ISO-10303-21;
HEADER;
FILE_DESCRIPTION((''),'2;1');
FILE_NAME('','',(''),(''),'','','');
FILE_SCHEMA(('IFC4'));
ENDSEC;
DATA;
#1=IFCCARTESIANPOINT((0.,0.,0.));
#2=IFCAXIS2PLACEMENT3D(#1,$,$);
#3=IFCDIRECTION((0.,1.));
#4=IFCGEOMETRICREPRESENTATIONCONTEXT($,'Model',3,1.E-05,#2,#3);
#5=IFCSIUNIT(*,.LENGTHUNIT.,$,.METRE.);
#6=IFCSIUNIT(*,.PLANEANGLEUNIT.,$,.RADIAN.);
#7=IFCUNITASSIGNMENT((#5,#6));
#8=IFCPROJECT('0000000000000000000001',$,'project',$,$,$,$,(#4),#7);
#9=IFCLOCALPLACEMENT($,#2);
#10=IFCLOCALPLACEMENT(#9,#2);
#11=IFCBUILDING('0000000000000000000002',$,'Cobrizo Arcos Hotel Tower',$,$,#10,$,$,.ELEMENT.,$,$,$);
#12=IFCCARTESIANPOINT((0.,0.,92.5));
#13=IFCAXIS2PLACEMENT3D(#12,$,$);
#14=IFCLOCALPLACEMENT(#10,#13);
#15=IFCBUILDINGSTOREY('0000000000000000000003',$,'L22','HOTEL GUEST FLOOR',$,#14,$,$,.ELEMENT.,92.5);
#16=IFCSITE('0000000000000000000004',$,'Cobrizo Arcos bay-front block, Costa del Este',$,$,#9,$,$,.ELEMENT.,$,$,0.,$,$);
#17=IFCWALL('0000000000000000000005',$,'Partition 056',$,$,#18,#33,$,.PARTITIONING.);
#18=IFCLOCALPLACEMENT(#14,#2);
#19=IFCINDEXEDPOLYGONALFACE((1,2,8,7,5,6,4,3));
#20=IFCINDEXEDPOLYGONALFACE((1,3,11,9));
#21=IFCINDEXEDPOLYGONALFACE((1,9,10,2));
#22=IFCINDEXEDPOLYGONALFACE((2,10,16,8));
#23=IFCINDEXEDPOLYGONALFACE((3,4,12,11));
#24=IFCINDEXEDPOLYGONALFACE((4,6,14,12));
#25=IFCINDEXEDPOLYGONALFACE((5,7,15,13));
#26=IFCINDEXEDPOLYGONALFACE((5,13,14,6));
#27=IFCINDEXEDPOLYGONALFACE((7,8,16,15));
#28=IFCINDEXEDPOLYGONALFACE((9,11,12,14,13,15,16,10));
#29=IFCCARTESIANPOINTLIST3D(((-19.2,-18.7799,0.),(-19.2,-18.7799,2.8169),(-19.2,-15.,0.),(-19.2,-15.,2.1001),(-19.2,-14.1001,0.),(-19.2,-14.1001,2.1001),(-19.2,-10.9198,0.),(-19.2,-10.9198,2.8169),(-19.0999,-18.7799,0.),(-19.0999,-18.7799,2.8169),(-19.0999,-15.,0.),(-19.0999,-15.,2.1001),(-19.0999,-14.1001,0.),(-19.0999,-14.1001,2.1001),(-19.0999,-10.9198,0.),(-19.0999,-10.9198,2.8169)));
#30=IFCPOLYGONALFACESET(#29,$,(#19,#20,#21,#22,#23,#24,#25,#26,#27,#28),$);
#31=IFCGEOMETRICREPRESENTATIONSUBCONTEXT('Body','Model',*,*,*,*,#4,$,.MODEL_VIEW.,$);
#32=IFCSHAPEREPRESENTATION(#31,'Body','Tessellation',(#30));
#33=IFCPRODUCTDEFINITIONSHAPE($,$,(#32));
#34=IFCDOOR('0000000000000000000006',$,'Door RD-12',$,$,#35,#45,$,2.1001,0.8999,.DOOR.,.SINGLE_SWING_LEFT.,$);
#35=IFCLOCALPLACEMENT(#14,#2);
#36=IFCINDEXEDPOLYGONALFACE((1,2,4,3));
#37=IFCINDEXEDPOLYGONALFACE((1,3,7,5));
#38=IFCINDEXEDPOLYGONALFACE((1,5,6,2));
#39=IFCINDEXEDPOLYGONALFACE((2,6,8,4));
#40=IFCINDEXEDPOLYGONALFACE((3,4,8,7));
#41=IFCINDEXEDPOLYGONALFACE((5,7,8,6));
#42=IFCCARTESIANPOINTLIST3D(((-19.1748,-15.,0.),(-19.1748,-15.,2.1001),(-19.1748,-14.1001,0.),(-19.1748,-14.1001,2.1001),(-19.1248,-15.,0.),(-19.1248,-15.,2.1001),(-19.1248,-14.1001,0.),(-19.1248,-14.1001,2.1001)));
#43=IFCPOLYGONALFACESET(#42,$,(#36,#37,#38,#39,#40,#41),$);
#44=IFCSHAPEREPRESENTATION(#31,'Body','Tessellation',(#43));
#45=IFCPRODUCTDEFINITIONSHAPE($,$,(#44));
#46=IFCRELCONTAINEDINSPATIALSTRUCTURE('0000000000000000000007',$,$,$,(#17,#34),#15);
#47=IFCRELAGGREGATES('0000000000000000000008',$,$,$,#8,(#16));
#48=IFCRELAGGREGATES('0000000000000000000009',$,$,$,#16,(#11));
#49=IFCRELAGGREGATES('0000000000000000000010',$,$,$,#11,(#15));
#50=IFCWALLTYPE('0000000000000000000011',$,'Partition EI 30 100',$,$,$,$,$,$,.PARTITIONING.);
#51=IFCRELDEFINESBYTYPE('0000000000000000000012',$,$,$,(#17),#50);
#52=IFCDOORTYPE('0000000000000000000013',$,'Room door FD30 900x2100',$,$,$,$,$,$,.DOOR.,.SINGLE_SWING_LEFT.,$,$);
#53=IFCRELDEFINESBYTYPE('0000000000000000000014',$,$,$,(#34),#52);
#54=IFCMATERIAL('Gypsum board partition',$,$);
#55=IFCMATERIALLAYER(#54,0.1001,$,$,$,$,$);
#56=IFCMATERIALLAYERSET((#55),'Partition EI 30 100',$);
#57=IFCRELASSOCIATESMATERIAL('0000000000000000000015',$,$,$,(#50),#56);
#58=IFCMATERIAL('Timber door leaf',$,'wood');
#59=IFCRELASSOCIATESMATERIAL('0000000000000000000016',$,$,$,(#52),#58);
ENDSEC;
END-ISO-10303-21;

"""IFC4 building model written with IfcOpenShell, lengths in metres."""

from ifc_helpers import new_model, si_unit, direction, frame, frame_2d, origin, place, context, subcontext, project, spatial, rectangle, extrude, material, layer, layer_set, type_object, element, fill, save


model = new_model("IFC4")

# Units and contexts
model_context = context("Model", 3, precision=1e-05, world=origin(), true_north=direction((0.0, 1.0)))
body_context = subcontext(model_context, "Body", "Model", "MODEL_VIEW")
ifc_project = project(units=[si_unit("LENGTHUNIT", "METRE"), si_unit("PLANEANGLEUNIT", "RADIAN")], contexts=[model_context])

# Site, building, storey
site_placement = place(None, origin())
site = spatial("IfcSite", under=ifc_project, at=site_placement, Name="Cobrizo Arcos bay-front block, Costa del Este", CompositionType="ELEMENT", RefElevation=0.0)
building_placement = place(site_placement, origin())
building = spatial("IfcBuilding", under=site, at=building_placement, Name="Cobrizo Arcos Hotel Tower", CompositionType="ELEMENT")
storey_placement = place(building_placement, frame((0.0, 0.0, 92.5)))
storey = spatial("IfcBuildingStorey", under=building, at=storey_placement, Name="L22", Description="HOTEL GUEST FLOOR", CompositionType="ELEMENT", Elevation=92.5)

# Wall, opening, door
ifc_material_1 = material(Name="Gypsum board partition")
ifc_layer_1 = layer(ifc_material_1, 0.1001)
ifc_layer_set_1 = layer_set([ifc_layer_1], Name="Partition EI 30 100")
wall_type = type_object("IfcWallType", Name="Partition EI 30 100", PredefinedType="PARTITIONING", material=ifc_layer_set_1)
ifc_material_2 = material(Name="Timber door leaf", Category="wood")
wall_1_placement = place(storey_placement, frame((-19.1499, -18.78, 0.0), z_axis=(0.0, 0.0, 1.0), x_axis=(0.0, 1.0, 0.0)))
wall_1 = element("IfcWall", 1, at=wall_1_placement, inside=storey, type_object=wall_type, Name="Partition 056", PredefinedType="PARTITIONING", context=body_context, shape_type="SweptSolid", body=[
    extrude(rectangle(XDim=7.8601, YDim=0.1001, at=frame_2d((3.9302, 0.0))), origin(), (0.0, 0.0, 1.0), 2.8169),
])
opening_1_placement = place(wall_1_placement, frame((3.78, 0.0, 0.0)))
opening_1 = element("IfcOpeningElement", 2, at=opening_1_placement, cuts=wall_1, PredefinedType="OPENING", context=body_context, shape_type="SweptSolid", body=[
    extrude(rectangle(XDim=0.8999, YDim=2.1001, at=frame_2d((0.45, 1.05))), frame((0.0, 0.062, 0.0), z_axis=(0.0, -1.0, 0.0), x_axis=(1.0, 0.0, 0.0)), (0.0, 0.0, 1.0), 0.124),
])
door_type_1 = type_object("IfcDoorType", Name="Room door FD30 900x2100", OperationType="SINGLE_SWING_LEFT", PredefinedType="DOOR", material=ifc_material_2)
door_1_placement = place(opening_1_placement, origin())
door_1 = element("IfcDoor", 3, at=door_1_placement, inside=storey, type_object=door_type_1, Name="Door RD-12", OperationType="SINGLE_SWING_LEFT", OverallHeight=2.1001, OverallWidth=0.8999, PredefinedType="DOOR", context=body_context, shape_type="SweptSolid", body=[
    extrude(rectangle(XDim=0.8999, YDim=2.1001, at=frame_2d((0.45, 1.05))), frame((0.0, 0.0249, 0.0), z_axis=(0.0, -1.0, 0.0), x_axis=(1.0, 0.0, 0.0)), (0.0, 0.0, 1.0), 0.05),
])
fill(opening_1, door_1)

save(model, "model.ifc")
